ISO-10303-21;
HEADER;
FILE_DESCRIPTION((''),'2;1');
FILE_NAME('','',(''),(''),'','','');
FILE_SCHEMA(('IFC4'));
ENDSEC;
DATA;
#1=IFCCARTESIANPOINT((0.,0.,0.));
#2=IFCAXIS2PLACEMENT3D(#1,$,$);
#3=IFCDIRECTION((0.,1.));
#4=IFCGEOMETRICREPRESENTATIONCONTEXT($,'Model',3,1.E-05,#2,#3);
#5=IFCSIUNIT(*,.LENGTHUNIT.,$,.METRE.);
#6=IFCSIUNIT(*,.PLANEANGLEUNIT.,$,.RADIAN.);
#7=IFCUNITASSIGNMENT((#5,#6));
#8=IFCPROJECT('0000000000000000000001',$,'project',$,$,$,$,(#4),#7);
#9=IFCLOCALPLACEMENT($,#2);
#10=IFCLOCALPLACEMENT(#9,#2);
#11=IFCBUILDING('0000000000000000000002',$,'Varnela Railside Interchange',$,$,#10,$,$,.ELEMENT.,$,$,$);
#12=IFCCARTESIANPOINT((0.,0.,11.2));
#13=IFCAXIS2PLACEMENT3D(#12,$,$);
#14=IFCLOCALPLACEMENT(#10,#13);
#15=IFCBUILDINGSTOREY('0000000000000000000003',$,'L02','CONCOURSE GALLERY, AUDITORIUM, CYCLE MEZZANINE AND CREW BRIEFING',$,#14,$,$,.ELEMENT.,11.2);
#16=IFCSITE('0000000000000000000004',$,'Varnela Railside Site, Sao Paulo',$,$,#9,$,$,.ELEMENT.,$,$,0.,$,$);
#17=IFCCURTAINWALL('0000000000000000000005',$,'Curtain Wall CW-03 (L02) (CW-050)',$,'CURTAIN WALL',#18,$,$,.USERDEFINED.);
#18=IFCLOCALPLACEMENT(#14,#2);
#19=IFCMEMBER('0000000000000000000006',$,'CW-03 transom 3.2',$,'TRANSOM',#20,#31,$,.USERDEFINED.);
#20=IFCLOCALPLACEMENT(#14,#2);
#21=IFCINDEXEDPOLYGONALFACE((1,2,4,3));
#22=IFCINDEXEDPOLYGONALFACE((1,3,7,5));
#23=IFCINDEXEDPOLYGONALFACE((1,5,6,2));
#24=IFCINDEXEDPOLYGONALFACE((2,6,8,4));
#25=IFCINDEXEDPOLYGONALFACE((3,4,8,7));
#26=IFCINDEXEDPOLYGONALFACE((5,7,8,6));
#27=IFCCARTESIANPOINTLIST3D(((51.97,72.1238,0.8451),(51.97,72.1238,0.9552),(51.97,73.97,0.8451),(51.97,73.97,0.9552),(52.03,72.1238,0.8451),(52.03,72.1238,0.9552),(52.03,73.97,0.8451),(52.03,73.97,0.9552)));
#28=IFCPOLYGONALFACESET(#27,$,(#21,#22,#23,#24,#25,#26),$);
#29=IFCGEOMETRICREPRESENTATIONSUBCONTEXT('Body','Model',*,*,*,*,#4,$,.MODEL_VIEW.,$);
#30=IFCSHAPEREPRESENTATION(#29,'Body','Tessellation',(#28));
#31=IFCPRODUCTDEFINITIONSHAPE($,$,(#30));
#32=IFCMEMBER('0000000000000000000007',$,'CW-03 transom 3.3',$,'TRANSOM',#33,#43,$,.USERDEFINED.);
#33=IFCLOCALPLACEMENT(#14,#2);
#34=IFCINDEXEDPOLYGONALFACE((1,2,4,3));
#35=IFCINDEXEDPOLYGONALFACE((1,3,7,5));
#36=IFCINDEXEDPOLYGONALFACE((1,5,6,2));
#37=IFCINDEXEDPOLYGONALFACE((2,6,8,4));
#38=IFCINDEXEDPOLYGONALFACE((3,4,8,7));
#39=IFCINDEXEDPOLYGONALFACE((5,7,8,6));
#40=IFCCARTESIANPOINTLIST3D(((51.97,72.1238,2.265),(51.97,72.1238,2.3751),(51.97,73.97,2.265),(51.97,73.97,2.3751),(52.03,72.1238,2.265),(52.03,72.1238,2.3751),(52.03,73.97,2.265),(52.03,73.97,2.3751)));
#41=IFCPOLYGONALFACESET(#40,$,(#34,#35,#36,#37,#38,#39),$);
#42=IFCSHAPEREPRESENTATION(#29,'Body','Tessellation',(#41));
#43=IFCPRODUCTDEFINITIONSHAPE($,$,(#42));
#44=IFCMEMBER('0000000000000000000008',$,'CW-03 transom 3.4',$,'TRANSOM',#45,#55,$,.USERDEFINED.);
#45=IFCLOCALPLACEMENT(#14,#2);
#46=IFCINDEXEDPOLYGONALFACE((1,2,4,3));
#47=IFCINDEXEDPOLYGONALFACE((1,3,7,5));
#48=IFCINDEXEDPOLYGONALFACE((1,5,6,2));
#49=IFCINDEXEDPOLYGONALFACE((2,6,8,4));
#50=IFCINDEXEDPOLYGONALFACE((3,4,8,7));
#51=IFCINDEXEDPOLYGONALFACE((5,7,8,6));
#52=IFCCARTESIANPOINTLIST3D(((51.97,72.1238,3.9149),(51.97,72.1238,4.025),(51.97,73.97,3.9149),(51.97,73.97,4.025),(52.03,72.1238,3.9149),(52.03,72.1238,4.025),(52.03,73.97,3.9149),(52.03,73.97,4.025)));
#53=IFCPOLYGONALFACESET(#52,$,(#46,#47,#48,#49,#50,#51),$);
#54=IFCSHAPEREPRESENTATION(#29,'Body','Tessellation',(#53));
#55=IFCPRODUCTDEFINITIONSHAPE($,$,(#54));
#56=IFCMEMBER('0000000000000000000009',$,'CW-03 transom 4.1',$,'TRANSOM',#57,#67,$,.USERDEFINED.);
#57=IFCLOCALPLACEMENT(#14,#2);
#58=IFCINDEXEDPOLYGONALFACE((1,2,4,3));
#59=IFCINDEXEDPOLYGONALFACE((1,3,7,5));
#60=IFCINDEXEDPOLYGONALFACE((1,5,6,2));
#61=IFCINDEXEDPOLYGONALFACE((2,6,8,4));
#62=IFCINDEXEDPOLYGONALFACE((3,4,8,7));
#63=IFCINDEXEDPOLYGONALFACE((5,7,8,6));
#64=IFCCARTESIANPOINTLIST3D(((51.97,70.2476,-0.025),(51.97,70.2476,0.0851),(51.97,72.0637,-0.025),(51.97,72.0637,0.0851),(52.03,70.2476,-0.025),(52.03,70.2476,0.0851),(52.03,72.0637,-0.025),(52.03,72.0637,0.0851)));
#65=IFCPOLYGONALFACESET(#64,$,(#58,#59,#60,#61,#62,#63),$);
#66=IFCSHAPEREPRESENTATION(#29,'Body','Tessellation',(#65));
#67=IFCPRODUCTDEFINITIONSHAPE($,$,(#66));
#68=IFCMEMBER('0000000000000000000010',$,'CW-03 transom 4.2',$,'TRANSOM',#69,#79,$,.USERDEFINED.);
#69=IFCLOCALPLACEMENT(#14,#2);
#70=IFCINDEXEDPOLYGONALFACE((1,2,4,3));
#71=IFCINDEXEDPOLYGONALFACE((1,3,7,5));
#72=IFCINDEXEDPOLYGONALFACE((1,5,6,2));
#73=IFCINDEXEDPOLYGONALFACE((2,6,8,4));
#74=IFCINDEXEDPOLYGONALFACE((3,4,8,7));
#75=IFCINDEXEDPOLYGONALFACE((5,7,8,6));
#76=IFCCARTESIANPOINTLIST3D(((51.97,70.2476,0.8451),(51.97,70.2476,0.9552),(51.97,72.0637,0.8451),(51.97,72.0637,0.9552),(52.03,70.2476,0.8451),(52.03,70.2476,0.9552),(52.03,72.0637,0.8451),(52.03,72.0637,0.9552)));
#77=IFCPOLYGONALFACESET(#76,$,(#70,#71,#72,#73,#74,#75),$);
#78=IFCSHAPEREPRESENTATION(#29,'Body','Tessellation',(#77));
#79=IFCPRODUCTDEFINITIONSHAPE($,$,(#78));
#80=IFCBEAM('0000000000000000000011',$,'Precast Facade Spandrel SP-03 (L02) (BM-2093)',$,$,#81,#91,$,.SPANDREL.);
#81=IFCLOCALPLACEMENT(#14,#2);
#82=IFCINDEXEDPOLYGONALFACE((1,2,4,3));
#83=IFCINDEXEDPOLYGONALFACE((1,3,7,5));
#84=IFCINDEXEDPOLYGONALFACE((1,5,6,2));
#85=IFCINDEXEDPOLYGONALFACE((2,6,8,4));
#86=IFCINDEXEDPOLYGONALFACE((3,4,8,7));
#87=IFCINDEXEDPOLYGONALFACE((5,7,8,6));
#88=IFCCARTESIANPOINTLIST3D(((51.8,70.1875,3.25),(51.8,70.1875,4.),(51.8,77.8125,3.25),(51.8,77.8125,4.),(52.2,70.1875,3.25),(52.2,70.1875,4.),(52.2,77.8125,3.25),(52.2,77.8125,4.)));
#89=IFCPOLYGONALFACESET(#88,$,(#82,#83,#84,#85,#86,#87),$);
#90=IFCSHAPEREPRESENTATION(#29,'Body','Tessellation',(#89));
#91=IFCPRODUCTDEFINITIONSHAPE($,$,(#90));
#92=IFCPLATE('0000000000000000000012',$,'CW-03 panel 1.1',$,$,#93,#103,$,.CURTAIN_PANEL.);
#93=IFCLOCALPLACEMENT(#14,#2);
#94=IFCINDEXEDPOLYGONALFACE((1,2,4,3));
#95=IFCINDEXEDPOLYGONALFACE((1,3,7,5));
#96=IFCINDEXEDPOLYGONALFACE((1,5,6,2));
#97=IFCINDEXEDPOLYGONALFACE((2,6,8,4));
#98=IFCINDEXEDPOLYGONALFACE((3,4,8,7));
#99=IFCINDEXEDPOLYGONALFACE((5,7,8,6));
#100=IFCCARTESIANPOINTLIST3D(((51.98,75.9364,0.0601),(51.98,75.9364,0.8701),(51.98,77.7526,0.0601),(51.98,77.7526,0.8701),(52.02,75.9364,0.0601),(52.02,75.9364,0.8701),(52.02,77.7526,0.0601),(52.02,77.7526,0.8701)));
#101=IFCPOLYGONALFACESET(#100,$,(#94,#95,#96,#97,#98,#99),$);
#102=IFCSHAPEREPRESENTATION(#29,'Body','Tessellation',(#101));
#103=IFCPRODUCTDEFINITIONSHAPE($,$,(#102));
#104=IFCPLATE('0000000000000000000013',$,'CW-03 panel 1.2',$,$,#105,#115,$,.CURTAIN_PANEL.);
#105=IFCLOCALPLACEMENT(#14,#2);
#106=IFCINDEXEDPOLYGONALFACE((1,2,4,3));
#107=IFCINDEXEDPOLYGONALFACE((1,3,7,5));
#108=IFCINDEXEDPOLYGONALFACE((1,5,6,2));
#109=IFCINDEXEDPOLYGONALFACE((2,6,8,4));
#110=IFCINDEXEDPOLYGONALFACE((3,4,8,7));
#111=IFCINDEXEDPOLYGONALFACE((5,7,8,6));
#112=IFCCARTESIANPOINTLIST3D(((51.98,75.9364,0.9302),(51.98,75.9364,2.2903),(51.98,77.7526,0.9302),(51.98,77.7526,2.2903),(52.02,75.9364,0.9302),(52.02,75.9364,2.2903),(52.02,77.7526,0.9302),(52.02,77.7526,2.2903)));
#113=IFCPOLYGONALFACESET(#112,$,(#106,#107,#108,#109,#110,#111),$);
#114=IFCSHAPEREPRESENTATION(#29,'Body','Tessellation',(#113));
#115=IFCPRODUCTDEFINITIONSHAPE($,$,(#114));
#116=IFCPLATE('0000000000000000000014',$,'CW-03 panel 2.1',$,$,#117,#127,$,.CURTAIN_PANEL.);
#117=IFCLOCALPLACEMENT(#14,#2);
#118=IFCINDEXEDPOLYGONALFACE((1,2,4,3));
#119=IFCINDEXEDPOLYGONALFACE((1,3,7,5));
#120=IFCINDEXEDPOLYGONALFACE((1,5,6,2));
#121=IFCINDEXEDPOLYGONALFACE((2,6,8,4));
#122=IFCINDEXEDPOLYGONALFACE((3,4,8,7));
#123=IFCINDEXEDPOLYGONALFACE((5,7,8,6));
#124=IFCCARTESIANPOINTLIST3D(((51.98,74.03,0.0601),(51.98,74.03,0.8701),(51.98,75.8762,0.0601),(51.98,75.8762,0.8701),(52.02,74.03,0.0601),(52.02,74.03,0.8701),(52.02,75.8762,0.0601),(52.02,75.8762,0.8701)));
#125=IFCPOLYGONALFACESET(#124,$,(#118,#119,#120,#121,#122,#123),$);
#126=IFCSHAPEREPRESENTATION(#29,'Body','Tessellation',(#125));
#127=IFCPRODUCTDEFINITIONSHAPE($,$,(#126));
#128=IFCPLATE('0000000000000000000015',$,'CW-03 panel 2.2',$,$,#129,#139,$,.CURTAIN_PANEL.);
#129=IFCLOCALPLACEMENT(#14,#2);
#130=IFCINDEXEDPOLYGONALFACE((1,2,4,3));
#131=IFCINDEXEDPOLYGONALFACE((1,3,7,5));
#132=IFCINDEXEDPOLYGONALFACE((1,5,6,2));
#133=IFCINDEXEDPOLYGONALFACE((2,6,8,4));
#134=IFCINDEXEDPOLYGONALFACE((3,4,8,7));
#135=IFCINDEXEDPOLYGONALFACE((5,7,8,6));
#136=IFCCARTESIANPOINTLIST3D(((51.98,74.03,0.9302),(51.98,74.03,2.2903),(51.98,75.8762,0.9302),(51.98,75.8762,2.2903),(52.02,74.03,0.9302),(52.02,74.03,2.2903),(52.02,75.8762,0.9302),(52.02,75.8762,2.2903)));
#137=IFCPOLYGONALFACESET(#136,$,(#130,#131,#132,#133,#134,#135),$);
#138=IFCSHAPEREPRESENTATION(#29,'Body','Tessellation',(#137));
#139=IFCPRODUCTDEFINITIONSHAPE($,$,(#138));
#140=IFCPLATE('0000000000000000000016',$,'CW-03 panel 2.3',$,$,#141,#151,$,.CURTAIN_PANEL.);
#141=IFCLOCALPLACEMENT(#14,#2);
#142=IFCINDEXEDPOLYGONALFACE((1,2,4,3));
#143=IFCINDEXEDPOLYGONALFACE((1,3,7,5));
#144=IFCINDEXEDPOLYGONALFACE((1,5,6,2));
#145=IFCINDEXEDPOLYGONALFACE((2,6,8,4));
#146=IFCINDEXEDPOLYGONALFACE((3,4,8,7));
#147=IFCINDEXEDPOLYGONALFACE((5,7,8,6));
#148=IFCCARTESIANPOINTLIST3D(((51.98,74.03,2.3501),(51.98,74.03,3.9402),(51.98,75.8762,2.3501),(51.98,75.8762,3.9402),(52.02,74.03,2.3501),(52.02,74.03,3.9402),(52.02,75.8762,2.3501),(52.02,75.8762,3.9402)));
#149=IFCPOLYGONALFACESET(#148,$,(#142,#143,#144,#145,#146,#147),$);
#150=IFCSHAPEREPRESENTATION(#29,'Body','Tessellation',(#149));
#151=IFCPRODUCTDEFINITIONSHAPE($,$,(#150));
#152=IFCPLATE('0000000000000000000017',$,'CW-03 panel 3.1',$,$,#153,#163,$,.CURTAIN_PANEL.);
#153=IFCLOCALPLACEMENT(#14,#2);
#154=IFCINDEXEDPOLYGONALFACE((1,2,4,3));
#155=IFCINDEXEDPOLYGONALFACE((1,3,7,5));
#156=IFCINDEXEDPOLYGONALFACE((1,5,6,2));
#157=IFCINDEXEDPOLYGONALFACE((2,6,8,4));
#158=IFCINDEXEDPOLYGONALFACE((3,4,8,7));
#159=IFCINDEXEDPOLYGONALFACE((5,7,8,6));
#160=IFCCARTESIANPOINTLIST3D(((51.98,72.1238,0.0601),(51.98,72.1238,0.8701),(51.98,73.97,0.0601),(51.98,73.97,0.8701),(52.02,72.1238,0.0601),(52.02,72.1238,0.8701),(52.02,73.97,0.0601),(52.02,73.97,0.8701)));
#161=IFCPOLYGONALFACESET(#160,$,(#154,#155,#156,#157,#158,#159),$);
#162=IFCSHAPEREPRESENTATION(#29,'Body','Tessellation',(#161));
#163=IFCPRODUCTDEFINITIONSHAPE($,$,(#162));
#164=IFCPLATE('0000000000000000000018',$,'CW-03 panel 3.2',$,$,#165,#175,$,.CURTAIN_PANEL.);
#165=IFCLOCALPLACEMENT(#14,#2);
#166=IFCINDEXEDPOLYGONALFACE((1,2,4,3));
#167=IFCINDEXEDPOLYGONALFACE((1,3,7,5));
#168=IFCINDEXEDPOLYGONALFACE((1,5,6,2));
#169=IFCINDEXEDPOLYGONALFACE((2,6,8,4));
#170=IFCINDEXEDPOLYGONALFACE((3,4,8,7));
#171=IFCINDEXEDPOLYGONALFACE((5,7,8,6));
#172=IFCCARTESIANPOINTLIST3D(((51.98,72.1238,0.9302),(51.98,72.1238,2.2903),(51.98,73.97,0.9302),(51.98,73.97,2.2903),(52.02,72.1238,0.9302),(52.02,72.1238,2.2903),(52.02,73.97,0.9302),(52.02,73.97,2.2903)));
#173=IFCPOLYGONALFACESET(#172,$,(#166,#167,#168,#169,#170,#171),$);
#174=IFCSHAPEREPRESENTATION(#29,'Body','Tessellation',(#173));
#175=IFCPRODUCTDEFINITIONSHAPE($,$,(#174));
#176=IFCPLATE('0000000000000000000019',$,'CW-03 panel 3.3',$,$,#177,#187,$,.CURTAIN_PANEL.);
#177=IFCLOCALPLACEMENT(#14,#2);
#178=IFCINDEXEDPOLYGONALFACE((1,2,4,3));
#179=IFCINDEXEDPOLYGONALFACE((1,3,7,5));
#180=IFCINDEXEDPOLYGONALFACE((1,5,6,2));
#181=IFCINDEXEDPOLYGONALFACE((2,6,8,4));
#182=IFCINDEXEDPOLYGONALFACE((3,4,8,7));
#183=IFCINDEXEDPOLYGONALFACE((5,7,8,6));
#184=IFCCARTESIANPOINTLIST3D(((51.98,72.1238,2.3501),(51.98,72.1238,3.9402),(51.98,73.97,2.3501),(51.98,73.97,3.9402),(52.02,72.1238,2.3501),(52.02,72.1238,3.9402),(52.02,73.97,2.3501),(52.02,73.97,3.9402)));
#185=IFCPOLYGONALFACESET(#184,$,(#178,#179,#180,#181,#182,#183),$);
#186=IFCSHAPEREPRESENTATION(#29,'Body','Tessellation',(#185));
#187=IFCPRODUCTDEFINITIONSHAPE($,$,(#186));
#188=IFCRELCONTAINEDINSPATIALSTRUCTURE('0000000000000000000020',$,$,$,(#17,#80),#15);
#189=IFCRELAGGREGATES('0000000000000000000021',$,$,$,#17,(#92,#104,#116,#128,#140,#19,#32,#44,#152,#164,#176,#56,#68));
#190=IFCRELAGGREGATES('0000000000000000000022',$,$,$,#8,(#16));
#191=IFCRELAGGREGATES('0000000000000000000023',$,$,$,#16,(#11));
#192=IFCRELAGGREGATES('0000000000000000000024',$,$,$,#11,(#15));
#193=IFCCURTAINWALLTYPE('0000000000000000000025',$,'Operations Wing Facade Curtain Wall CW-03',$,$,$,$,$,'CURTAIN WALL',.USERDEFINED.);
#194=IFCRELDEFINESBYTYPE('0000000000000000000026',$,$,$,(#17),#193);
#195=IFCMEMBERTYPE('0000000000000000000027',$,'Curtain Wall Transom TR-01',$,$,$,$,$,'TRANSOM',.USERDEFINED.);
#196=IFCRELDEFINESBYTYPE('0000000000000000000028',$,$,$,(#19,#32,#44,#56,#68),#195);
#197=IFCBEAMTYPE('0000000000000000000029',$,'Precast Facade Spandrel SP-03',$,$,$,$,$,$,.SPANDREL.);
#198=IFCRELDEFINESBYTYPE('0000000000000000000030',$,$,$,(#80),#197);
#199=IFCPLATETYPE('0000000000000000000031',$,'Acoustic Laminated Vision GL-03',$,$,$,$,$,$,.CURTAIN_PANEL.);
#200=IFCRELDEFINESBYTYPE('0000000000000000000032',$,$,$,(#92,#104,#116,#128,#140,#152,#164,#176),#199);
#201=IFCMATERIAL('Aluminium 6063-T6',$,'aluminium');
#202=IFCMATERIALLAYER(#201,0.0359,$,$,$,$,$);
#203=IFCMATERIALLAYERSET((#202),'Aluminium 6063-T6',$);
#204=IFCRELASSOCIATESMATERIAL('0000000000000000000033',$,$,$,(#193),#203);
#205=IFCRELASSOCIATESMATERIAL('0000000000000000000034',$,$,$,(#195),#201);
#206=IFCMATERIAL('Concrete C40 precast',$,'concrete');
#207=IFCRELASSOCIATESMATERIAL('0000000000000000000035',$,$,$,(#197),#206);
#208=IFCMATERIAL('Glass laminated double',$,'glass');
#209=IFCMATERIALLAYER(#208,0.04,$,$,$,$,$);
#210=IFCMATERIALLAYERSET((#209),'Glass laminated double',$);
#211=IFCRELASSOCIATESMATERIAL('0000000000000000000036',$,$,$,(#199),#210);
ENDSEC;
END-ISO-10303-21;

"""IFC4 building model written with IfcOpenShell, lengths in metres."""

from ifc_helpers import new_model, si_unit, direction, frame, origin, origin_2d, place, context, subcontext, project, spatial, rectangle, extrude, material, layer, layer_set, material_profile, profile_set, type_object, element, aggregate, save


model = new_model("IFC4")

# Units and contexts
model_context = context("Model", 3, precision=1e-05, world=origin(), true_north=direction((0.0, 1.0)))
body_context = subcontext(model_context, "Body", "Model", "MODEL_VIEW")
ifc_project = project(units=[si_unit("LENGTHUNIT", "METRE"), si_unit("PLANEANGLEUNIT", "RADIAN")], contexts=[model_context])

# Site, building, storey
site_placement = place(None, origin())
site = spatial("IfcSite", under=ifc_project, at=site_placement, Name="Varnela Railside Site, Sao Paulo", CompositionType="ELEMENT", RefElevation=0.0)
building_placement = place(site_placement, origin())
building = spatial("IfcBuilding", under=site, at=building_placement, Name="Varnela Railside Interchange", CompositionType="ELEMENT")
storey_placement = place(building_placement, frame((0.0, 0.0, 11.2)))
storey = spatial("IfcBuildingStorey", under=building, at=storey_placement, Name="L02", Description="CONCOURSE GALLERY, AUDITORIUM, CYCLE MEZZANINE AND CREW BRIEFING", CompositionType="ELEMENT", Elevation=11.2)

# Curtain wall, members
ifc_material_1 = material(Name="Aluminium 6063-T6", Category="aluminium")
ifc_layer_1 = layer(ifc_material_1, 0.0359)
ifc_layer_set_1 = layer_set([ifc_layer_1], Name="Aluminium 6063-T6")
curtain_wall_type = type_object("IfcCurtainWallType", Name="Operations Wing Facade Curtain Wall CW-03", ElementType="CURTAIN WALL", PredefinedType="USERDEFINED", material=ifc_layer_set_1)
curtain_wall_placement = place(storey_placement, origin())
curtain_wall = element("IfcCurtainWall", 1, at=curtain_wall_placement, inside=storey, type_object=curtain_wall_type, Name="Curtain Wall CW-03 (L02) (CW-050)", ObjectType="CURTAIN WALL", PredefinedType="USERDEFINED")
ifc_material_profile_1 = material_profile(ifc_material_1, rectangle(XDim=0.0601, YDim=0.1101, at=origin_2d()), Name="ALU 60x110")
ifc_profile_set_1 = profile_set([ifc_material_profile_1], Name="Aluminium 6063-T6")
member_type_1 = type_object("IfcMemberType", Name="Curtain Wall Transom TR-01", ElementType="TRANSOM", PredefinedType="USERDEFINED", material=ifc_profile_set_1)
member_1_placement = place(storey_placement, frame((52.0, 73.97, 0.9001), z_axis=(0.0, -1.0, 0.0), x_axis=(1.0, 0.0, 0.0)))
member_1 = element("IfcMember", 2, at=member_1_placement, type_object=member_type_1, Name="CW-03 transom 3.2", ObjectType="TRANSOM", PredefinedType="USERDEFINED", context=body_context, shape_type="SweptSolid", body=[
    extrude(rectangle(XDim=0.0601, YDim=0.1101, at=origin_2d()), origin(), (0.0, 0.0, 1.0), 1.8462),
])
member_2_placement = place(storey_placement, frame((52.0, 73.97, 2.3201), z_axis=(0.0, -1.0, 0.0), x_axis=(1.0, 0.0, 0.0)))
member_2 = element("IfcMember", 3, at=member_2_placement, type_object=member_type_1, Name="CW-03 transom 3.3", ObjectType="TRANSOM", PredefinedType="USERDEFINED", context=body_context, shape_type="SweptSolid", body=[
    extrude(rectangle(XDim=0.0601, YDim=0.1101, at=origin_2d()), origin(), (0.0, 0.0, 1.0), 1.8462),
])
member_3_placement = place(storey_placement, frame((52.0, 73.97, 3.97), z_axis=(0.0, -1.0, 0.0), x_axis=(1.0, 0.0, 0.0)))
member_3 = element("IfcMember", 4, at=member_3_placement, type_object=member_type_1, Name="CW-03 transom 3.4", ObjectType="TRANSOM", PredefinedType="USERDEFINED", context=body_context, shape_type="SweptSolid", body=[
    extrude(rectangle(XDim=0.0601, YDim=0.1101, at=origin_2d()), origin(), (0.0, 0.0, 1.0), 1.8462),
])
member_4_placement = place(storey_placement, frame((52.0, 72.0637, 0.03), z_axis=(0.0, -1.0, 0.0), x_axis=(1.0, 0.0, 0.0)))
member_4 = element("IfcMember", 5, at=member_4_placement, type_object=member_type_1, Name="CW-03 transom 4.1", ObjectType="TRANSOM", PredefinedType="USERDEFINED", context=body_context, shape_type="SweptSolid", body=[
    extrude(rectangle(XDim=0.0601, YDim=0.1101, at=origin_2d()), origin(), (0.0, 0.0, 1.0), 1.8162),
])
member_5_placement = place(storey_placement, frame((52.0, 72.0637, 0.9001), z_axis=(0.0, -1.0, 0.0), x_axis=(1.0, 0.0, 0.0)))
member_5 = element("IfcMember", 6, at=member_5_placement, type_object=member_type_1, Name="CW-03 transom 4.2", ObjectType="TRANSOM", PredefinedType="USERDEFINED", context=body_context, shape_type="SweptSolid", body=[
    extrude(rectangle(XDim=0.0601, YDim=0.1101, at=origin_2d()), origin(), (0.0, 0.0, 1.0), 1.8162),
])

# Beam
ifc_material_2 = material(Name="Concrete C40 precast", Category="concrete")
ifc_material_profile_2 = material_profile(ifc_material_2, rectangle(XDim=0.3999, YDim=0.75, at=origin_2d()), Name="PC 400x750")
ifc_profile_set_2 = profile_set([ifc_material_profile_2], Name="Concrete C40 precast")
beam_type_1 = type_object("IfcBeamType", Name="Precast Facade Spandrel SP-03", PredefinedType="SPANDREL", material=ifc_profile_set_2)
beam_placement = place(storey_placement, frame((52.0, 70.1875, 3.625), z_axis=(0.0, 1.0, 0.0), x_axis=(-1.0, 0.0, 0.0)))
element("IfcBeam", 7, at=beam_placement, inside=storey, type_object=beam_type_1, Name="Precast Facade Spandrel SP-03 (L02) (BM-2093)", PredefinedType="SPANDREL", context=body_context, shape_type="SweptSolid", body=[
    extrude(rectangle(XDim=0.3999, YDim=0.75, at=origin_2d()), origin(), (0.0, 0.0, 1.0), 7.625),
])

# Plates
ifc_material_3 = material(Name="Glass laminated double", Category="glass")
ifc_layer_2 = layer(ifc_material_3, 0.04)
ifc_layer_set_2 = layer_set([ifc_layer_2], Name="Glass laminated double")
plate_type = type_object("IfcPlateType", Name="Acoustic Laminated Vision GL-03", PredefinedType="CURTAIN_PANEL", material=ifc_layer_set_2)
plate_1_placement = place(storey_placement, frame((52.0, 76.8445, 0.0601), z_axis=(0.0, 0.0, 1.0), x_axis=(0.0, -1.0, 0.0)))
plate_1 = element("IfcPlate", 8, at=plate_1_placement, type_object=plate_type, Name="CW-03 panel 1.1", PredefinedType="CURTAIN_PANEL", context=body_context, shape_type="SweptSolid", body=[
    extrude(rectangle(XDim=1.8162, YDim=0.04, at=origin_2d()), origin(), (0.0, 0.0, 1.0), 0.8101),
])
plate_2_placement = place(storey_placement, frame((52.0, 76.8445, 0.9302), z_axis=(0.0, 0.0, 1.0), x_axis=(0.0, -1.0, 0.0)))
plate_2 = element("IfcPlate", 9, at=plate_2_placement, type_object=plate_type, Name="CW-03 panel 1.2", PredefinedType="CURTAIN_PANEL", context=body_context, shape_type="SweptSolid", body=[
    extrude(rectangle(XDim=1.8162, YDim=0.04, at=origin_2d()), origin(), (0.0, 0.0, 1.0), 1.3601),
])
plate_3_placement = place(storey_placement, frame((52.0, 74.9531, 0.0601), z_axis=(0.0, 0.0, 1.0), x_axis=(0.0, -1.0, 0.0)))
plate_3 = element("IfcPlate", 10, at=plate_3_placement, type_object=plate_type, Name="CW-03 panel 2.1", PredefinedType="CURTAIN_PANEL", context=body_context, shape_type="SweptSolid", body=[
    extrude(rectangle(XDim=1.8462, YDim=0.04, at=origin_2d()), origin(), (0.0, 0.0, 1.0), 0.8101),
])
plate_4_placement = place(storey_placement, frame((52.0, 74.9531, 0.9302), z_axis=(0.0, 0.0, 1.0), x_axis=(0.0, -1.0, 0.0)))
plate_4 = element("IfcPlate", 11, at=plate_4_placement, type_object=plate_type, Name="CW-03 panel 2.2", PredefinedType="CURTAIN_PANEL", context=body_context, shape_type="SweptSolid", body=[
    extrude(rectangle(XDim=1.8462, YDim=0.04, at=origin_2d()), origin(), (0.0, 0.0, 1.0), 1.3601),
])
plate_5_placement = place(storey_placement, frame((52.0, 74.9531, 2.3501), z_axis=(0.0, 0.0, 1.0), x_axis=(0.0, -1.0, 0.0)))
plate_5 = element("IfcPlate", 12, at=plate_5_placement, type_object=plate_type, Name="CW-03 panel 2.3", PredefinedType="CURTAIN_PANEL", context=body_context, shape_type="SweptSolid", body=[
    extrude(rectangle(XDim=1.8462, YDim=0.04, at=origin_2d()), origin(), (0.0, 0.0, 1.0), 1.5901),
])
plate_6_placement = place(storey_placement, frame((52.0, 73.0469, 0.0601), z_axis=(0.0, 0.0, 1.0), x_axis=(0.0, -1.0, 0.0)))
plate_6 = element("IfcPlate", 13, at=plate_6_placement, type_object=plate_type, Name="CW-03 panel 3.1", PredefinedType="CURTAIN_PANEL", context=body_context, shape_type="SweptSolid", body=[
    extrude(rectangle(XDim=1.8462, YDim=0.04, at=origin_2d()), origin(), (0.0, 0.0, 1.0), 0.8101),
])
plate_7_placement = place(storey_placement, frame((52.0, 73.0469, 0.9302), z_axis=(0.0, 0.0, 1.0), x_axis=(0.0, -1.0, 0.0)))
plate_7 = element("IfcPlate", 14, at=plate_7_placement, type_object=plate_type, Name="CW-03 panel 3.2", PredefinedType="CURTAIN_PANEL", context=body_context, shape_type="SweptSolid", body=[
    extrude(rectangle(XDim=1.8462, YDim=0.04, at=origin_2d()), origin(), (0.0, 0.0, 1.0), 1.3601),
])
plate_8_placement = place(storey_placement, frame((52.0, 73.0469, 2.3501), z_axis=(0.0, 0.0, 1.0), x_axis=(0.0, -1.0, 0.0)))
plate_8 = element("IfcPlate", 15, at=plate_8_placement, type_object=plate_type, Name="CW-03 panel 3.3", PredefinedType="CURTAIN_PANEL", context=body_context, shape_type="SweptSolid", body=[
    extrude(rectangle(XDim=1.8462, YDim=0.04, at=origin_2d()), origin(), (0.0, 0.0, 1.0), 1.5901),
])
aggregate(curtain_wall, [plate_1, plate_2, plate_3, plate_4, plate_5, member_1, member_2, member_3, plate_6, plate_7, plate_8, member_4, member_5])

save(model, "model.ifc")
